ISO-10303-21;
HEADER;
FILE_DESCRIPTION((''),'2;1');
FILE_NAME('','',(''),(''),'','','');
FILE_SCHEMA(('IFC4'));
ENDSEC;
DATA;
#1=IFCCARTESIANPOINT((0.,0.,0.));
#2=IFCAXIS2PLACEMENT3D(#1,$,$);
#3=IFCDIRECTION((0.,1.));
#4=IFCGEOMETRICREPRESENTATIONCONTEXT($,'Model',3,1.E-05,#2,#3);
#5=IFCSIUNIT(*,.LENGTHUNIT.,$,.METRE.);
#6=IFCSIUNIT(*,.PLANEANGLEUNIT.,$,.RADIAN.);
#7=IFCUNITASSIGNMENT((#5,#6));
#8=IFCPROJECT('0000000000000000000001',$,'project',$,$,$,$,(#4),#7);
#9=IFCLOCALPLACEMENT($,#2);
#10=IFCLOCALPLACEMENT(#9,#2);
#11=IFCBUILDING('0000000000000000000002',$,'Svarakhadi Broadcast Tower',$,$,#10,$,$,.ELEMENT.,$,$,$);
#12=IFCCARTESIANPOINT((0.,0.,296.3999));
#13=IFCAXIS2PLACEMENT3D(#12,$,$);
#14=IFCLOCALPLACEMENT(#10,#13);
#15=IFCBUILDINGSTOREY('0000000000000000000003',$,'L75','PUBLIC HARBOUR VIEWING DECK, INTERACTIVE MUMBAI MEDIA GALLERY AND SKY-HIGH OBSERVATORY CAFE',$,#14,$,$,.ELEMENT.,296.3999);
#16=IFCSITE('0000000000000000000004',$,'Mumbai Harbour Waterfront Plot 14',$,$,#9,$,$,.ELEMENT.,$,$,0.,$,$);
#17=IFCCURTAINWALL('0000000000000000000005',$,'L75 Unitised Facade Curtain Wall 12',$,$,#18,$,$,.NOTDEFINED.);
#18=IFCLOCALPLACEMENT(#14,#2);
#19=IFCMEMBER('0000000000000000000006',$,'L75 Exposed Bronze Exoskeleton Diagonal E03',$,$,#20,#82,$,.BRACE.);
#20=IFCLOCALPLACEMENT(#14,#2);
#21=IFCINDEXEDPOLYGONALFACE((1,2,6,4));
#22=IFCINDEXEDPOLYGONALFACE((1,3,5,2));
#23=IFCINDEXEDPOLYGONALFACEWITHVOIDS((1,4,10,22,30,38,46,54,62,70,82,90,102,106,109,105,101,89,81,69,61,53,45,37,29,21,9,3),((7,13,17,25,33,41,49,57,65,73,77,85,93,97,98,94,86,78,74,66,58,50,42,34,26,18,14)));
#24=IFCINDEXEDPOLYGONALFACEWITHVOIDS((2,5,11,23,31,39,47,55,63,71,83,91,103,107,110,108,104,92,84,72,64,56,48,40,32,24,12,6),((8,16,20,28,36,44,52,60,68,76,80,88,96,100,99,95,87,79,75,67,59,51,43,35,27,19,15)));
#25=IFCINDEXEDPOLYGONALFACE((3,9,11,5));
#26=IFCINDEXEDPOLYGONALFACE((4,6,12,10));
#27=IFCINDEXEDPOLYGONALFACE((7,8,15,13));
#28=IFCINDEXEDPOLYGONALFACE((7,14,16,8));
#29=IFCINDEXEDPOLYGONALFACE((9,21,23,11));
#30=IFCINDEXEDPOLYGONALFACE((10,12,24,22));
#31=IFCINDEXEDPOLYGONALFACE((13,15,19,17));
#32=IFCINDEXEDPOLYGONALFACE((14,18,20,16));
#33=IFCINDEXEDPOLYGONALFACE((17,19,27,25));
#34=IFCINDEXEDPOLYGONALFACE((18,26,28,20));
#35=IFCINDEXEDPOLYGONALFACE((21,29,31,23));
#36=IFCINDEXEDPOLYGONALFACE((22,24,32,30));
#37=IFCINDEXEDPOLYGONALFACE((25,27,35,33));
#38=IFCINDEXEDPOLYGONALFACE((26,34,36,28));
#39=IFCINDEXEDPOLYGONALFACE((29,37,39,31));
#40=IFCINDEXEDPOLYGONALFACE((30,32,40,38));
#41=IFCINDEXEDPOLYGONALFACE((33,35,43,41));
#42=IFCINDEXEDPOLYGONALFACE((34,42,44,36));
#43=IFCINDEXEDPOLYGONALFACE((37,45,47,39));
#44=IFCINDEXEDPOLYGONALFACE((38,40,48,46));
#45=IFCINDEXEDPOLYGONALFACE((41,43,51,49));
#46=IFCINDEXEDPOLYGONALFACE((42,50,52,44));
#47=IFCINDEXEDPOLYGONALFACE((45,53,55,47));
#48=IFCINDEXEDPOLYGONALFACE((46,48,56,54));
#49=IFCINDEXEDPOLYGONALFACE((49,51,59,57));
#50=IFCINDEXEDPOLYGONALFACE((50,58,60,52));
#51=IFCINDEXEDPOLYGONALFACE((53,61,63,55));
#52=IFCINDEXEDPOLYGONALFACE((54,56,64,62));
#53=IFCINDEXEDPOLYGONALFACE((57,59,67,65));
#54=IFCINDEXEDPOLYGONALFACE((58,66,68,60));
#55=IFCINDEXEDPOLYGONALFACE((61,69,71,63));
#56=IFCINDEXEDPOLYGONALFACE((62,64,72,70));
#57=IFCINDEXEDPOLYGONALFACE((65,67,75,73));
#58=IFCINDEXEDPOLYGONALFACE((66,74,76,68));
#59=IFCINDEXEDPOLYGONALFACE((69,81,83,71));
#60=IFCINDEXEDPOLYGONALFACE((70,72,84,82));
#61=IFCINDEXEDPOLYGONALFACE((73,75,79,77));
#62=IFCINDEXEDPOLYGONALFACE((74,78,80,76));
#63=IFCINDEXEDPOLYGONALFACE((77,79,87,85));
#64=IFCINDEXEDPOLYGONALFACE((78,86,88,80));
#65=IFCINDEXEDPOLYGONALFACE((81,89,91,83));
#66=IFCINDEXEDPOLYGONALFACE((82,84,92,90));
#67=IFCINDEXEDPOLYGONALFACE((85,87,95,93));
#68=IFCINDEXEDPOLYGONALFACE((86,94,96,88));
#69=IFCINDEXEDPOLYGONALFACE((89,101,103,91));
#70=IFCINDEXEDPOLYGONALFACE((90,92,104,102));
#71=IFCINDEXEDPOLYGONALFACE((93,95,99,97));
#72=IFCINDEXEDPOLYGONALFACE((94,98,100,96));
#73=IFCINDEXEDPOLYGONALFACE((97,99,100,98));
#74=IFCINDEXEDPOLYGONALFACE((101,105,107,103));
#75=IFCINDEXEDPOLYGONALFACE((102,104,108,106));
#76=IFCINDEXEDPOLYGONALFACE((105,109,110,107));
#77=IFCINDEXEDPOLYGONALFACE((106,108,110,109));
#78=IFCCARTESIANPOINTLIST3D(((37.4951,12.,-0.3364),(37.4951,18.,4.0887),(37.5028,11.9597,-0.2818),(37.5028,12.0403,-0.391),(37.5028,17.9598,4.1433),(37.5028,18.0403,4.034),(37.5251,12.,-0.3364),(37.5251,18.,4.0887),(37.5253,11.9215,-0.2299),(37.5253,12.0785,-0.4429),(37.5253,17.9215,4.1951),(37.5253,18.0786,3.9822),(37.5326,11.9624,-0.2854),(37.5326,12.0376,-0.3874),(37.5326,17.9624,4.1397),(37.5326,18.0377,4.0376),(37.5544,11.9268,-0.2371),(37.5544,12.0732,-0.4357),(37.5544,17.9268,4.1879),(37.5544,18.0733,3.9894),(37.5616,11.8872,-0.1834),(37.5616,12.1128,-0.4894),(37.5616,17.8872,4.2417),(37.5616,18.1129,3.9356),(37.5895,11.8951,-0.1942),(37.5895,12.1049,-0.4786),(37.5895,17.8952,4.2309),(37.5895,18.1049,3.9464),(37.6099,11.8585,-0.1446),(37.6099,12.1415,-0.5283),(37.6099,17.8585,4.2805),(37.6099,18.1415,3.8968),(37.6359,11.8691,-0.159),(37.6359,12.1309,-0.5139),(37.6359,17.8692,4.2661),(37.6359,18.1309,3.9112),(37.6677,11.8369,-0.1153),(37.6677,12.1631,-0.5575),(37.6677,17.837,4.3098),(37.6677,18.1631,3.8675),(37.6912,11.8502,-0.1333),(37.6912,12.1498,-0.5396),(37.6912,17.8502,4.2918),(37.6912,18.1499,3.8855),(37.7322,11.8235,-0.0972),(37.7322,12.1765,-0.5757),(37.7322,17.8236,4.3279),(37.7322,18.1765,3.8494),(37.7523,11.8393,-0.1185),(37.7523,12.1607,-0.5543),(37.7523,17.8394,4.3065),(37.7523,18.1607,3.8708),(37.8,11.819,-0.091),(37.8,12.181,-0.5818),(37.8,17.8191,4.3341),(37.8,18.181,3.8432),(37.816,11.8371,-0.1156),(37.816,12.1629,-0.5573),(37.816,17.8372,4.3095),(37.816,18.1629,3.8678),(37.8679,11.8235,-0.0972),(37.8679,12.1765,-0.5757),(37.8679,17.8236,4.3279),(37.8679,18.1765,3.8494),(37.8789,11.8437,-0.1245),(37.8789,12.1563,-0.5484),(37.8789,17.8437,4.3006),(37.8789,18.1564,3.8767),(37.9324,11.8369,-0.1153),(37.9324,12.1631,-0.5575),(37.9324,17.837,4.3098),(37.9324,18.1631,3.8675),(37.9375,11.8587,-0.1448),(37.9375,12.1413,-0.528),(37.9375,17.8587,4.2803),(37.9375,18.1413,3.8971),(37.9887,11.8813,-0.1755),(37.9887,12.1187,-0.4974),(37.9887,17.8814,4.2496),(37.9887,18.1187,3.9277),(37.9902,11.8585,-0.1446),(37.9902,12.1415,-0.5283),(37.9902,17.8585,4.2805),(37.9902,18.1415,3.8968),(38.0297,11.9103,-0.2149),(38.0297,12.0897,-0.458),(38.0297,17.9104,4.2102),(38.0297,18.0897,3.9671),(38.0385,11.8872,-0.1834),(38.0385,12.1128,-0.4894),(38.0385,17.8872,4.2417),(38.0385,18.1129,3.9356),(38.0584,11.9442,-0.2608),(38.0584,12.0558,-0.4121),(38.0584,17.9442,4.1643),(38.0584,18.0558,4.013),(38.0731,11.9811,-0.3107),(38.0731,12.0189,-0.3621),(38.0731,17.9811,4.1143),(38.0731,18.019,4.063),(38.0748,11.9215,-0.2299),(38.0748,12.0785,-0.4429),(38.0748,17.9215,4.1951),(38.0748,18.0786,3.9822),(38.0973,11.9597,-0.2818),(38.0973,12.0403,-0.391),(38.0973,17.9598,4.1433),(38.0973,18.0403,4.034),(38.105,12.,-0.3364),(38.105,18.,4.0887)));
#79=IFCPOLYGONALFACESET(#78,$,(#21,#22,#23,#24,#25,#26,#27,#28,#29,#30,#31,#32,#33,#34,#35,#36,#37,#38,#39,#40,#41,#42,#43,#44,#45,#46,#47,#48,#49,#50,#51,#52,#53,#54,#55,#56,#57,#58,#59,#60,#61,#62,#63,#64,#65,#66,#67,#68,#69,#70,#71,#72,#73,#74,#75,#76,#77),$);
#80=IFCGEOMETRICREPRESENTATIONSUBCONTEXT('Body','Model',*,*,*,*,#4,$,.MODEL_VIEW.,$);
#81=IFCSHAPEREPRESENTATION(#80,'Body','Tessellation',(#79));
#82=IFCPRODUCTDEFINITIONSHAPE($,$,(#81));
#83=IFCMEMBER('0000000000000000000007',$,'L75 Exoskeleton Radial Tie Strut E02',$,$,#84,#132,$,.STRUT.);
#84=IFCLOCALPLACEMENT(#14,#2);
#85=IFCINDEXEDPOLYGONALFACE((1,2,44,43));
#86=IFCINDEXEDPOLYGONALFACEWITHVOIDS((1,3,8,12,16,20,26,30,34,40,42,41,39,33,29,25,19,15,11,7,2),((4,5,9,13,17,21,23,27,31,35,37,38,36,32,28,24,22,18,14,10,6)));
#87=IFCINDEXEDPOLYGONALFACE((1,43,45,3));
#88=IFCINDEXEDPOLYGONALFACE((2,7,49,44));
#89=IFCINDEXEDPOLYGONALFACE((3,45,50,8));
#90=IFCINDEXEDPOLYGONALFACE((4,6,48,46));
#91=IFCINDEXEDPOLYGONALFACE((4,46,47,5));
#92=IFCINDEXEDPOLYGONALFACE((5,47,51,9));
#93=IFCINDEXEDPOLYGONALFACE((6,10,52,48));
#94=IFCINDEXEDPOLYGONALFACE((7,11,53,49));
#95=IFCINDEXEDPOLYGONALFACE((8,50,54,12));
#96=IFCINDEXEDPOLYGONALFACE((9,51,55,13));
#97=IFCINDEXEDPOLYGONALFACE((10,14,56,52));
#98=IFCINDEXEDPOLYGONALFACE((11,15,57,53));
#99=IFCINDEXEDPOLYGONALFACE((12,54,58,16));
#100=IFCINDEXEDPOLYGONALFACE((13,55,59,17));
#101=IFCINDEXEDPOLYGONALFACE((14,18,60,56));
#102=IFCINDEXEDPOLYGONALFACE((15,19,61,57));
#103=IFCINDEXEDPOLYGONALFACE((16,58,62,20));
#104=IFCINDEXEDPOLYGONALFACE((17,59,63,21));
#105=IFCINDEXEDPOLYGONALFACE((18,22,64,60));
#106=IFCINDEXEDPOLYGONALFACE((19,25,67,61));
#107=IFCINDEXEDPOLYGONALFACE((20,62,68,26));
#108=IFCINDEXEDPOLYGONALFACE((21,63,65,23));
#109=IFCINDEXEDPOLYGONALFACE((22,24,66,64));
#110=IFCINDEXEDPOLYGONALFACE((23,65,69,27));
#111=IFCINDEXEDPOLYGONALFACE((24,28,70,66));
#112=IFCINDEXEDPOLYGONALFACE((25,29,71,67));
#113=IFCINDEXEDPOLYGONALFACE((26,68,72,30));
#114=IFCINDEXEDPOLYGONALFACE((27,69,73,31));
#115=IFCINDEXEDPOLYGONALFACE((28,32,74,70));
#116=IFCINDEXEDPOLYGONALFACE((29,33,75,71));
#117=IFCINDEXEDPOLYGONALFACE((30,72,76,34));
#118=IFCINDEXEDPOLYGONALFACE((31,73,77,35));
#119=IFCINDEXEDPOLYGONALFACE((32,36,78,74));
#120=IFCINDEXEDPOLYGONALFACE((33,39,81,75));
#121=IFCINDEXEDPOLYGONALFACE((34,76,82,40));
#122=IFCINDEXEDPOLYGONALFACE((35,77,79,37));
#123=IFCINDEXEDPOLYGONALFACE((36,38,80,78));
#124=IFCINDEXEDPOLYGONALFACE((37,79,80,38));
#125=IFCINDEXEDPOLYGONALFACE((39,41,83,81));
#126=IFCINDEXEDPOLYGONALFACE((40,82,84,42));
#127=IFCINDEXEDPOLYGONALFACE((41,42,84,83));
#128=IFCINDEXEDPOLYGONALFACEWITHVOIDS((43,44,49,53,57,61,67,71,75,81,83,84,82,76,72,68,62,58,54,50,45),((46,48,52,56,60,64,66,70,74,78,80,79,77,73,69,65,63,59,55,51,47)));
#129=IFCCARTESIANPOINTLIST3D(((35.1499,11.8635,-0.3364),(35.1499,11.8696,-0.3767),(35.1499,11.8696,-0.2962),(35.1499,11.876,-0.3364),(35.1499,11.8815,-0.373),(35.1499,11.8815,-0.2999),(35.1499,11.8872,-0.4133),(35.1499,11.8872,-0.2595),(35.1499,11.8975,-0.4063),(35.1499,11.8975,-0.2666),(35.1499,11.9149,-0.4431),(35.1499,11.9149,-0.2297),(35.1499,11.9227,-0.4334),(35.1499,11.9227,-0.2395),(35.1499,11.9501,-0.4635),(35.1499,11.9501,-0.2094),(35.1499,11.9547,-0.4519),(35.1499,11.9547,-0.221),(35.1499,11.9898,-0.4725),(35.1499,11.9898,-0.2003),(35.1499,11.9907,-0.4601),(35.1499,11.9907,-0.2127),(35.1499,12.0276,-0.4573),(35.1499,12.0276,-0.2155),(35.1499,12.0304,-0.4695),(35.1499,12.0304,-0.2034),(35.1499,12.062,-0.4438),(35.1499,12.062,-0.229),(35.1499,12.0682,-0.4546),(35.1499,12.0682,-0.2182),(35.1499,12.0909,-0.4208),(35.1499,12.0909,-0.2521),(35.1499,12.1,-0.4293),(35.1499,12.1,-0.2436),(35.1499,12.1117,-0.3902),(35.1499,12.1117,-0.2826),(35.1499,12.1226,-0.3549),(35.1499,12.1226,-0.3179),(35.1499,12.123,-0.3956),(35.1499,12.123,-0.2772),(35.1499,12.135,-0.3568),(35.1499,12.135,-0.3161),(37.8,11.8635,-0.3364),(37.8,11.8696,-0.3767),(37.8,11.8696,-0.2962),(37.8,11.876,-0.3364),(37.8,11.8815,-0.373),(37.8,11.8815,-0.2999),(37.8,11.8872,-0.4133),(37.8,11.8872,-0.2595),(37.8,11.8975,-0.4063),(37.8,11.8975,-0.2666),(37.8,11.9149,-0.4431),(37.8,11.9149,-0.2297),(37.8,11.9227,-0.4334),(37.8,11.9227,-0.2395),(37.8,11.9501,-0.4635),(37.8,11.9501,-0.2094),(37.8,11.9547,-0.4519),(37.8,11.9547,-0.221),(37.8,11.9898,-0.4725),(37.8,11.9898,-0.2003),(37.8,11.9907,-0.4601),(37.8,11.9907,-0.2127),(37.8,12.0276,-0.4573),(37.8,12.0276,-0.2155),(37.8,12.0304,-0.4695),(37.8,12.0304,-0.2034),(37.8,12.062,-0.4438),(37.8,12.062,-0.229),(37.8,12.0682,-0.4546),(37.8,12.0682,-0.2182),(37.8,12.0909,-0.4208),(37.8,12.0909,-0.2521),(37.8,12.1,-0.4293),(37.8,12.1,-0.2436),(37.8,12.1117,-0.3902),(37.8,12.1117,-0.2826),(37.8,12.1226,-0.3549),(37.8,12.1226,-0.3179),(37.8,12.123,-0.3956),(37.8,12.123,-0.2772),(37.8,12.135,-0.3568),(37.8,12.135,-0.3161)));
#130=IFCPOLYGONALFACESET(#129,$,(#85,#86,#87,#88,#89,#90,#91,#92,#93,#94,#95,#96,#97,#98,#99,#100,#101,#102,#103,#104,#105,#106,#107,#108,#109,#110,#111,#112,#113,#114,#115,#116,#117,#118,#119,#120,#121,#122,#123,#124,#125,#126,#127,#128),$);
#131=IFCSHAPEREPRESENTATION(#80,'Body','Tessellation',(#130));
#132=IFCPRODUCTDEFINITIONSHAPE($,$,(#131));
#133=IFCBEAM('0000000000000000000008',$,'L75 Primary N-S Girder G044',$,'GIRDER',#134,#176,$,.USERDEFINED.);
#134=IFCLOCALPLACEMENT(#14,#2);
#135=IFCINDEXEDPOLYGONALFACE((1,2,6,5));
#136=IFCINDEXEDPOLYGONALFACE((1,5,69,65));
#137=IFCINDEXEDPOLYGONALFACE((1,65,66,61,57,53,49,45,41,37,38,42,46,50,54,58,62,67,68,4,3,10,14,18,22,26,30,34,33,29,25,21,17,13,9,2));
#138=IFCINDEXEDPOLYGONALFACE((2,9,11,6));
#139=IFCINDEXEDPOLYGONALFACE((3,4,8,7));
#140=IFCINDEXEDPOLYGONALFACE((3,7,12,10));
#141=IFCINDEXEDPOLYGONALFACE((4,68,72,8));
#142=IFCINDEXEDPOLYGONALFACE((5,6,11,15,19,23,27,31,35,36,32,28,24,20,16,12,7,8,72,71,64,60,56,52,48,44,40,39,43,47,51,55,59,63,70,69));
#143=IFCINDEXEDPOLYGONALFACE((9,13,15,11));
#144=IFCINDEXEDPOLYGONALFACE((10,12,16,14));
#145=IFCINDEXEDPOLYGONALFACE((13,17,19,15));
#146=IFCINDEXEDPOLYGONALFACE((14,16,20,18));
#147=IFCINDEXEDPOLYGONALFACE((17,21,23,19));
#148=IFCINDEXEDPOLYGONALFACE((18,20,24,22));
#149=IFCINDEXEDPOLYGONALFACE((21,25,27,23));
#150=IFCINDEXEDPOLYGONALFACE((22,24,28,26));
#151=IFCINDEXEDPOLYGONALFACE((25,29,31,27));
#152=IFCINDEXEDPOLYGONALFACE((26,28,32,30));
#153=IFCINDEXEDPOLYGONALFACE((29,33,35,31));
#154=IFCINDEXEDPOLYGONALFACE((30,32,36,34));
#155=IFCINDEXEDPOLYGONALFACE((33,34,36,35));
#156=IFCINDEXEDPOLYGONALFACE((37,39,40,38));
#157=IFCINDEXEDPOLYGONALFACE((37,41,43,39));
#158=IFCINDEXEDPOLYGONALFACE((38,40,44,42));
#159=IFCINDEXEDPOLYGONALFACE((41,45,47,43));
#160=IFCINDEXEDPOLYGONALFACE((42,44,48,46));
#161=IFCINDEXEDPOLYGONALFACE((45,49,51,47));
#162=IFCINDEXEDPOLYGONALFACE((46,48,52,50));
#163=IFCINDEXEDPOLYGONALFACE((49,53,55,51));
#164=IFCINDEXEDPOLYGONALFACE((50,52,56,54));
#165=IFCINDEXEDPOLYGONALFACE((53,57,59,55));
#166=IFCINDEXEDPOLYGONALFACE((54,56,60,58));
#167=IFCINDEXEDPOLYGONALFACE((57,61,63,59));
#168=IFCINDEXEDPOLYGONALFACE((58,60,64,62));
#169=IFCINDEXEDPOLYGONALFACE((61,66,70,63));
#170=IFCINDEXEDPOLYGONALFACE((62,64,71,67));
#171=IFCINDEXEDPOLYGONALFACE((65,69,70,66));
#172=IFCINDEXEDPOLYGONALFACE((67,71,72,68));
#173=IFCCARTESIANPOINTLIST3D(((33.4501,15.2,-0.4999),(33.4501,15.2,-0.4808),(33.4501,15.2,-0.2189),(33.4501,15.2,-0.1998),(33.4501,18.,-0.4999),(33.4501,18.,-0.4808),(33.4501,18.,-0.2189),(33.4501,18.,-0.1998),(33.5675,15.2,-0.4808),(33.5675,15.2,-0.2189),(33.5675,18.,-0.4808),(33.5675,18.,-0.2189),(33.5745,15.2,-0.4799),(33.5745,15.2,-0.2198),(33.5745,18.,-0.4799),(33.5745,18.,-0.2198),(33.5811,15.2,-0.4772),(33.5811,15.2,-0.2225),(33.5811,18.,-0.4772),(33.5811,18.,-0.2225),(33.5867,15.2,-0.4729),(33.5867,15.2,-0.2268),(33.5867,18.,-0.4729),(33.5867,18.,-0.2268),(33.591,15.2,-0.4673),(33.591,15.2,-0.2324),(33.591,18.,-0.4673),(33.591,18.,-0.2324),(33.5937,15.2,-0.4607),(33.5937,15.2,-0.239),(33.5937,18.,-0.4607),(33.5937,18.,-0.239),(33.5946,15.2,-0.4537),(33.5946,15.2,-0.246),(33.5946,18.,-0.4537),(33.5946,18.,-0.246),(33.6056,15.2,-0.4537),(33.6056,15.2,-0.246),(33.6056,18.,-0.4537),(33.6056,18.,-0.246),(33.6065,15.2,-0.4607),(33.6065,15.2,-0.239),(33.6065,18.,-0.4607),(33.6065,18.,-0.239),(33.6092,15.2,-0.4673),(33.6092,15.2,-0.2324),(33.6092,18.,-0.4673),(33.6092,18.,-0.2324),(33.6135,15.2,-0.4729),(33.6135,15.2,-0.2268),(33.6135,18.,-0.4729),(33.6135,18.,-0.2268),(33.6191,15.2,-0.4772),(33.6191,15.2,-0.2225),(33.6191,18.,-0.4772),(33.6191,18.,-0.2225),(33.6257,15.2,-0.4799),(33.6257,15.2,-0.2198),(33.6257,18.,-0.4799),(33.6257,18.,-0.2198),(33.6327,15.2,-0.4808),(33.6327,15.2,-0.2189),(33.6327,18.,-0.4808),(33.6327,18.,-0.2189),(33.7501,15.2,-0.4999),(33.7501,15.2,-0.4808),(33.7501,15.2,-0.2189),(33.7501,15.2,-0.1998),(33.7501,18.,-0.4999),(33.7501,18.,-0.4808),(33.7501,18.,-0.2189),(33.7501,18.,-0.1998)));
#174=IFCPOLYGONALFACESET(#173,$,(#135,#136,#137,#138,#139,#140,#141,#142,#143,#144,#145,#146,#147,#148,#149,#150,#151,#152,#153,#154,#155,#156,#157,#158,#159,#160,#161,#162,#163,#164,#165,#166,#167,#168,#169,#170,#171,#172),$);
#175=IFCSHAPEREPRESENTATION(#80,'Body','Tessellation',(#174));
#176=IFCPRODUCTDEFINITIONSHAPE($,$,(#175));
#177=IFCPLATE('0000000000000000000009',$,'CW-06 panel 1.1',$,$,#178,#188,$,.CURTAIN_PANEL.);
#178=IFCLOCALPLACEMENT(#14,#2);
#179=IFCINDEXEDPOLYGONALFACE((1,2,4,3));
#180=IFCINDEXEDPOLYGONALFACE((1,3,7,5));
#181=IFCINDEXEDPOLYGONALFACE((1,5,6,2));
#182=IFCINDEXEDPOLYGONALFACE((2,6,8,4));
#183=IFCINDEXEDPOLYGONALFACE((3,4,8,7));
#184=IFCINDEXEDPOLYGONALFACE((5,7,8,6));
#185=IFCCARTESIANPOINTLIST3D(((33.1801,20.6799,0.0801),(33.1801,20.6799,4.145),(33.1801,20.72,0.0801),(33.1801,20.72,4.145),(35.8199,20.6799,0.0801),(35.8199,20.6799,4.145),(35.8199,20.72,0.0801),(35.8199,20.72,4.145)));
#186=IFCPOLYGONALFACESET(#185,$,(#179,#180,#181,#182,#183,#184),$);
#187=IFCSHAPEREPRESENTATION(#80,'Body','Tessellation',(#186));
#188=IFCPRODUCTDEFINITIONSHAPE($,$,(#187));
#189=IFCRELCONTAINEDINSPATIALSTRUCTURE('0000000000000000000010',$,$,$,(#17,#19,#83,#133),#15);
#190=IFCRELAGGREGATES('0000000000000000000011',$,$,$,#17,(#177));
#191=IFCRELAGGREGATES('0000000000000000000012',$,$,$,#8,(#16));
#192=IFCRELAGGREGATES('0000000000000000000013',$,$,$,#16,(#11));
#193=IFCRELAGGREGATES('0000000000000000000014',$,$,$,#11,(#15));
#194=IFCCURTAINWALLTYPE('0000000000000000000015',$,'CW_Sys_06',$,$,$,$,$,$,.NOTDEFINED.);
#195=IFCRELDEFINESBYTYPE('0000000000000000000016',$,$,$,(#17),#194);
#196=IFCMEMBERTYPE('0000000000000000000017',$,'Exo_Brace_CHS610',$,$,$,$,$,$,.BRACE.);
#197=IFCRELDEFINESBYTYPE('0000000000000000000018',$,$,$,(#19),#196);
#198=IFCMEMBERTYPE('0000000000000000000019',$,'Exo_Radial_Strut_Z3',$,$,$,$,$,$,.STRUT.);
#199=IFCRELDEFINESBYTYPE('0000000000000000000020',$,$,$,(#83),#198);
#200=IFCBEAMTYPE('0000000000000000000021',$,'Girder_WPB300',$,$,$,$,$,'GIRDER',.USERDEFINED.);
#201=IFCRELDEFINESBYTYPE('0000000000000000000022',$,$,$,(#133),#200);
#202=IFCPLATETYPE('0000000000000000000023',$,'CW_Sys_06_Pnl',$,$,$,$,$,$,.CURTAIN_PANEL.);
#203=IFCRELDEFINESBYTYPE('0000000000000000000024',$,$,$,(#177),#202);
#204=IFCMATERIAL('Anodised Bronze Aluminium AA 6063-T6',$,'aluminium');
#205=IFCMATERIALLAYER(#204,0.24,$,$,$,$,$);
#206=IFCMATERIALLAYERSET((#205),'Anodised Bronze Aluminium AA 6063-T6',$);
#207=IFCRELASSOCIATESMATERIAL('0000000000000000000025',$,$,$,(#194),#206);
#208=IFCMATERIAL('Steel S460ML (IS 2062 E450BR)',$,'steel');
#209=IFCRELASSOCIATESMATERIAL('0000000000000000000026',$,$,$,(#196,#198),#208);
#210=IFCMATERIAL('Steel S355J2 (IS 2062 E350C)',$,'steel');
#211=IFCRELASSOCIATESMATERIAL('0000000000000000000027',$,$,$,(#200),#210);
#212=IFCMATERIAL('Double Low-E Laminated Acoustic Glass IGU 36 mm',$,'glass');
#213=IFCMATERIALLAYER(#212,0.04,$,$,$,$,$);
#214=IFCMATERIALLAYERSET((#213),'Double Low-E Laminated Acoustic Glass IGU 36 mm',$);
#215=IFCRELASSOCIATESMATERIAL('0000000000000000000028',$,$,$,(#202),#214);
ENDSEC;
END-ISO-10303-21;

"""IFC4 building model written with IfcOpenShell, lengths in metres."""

from ifc_helpers import new_model, si_unit, direction, frame, origin, origin_2d, place, context, subcontext, project, spatial, rectangle, hollow_circle, i_section, extrude, material, layer, layer_set, material_profile, profile_set, type_object, element, aggregate, save


model = new_model("IFC4")

# Units and contexts
model_context = context("Model", 3, precision=1e-05, world=origin(), true_north=direction((0.0, 1.0)))
body_context = subcontext(model_context, "Body", "Model", "MODEL_VIEW")
ifc_project = project(units=[si_unit("LENGTHUNIT", "METRE"), si_unit("PLANEANGLEUNIT", "RADIAN")], contexts=[model_context])

# Site, building, storey
site_placement = place(None, origin())
site = spatial("IfcSite", under=ifc_project, at=site_placement, Name="Mumbai Harbour Waterfront Plot 14", CompositionType="ELEMENT", RefElevation=0.0)
building_placement = place(site_placement, origin())
building = spatial("IfcBuilding", under=site, at=building_placement, Name="Svarakhadi Broadcast Tower", CompositionType="ELEMENT")
storey_placement = place(building_placement, frame((0.0, 0.0, 296.3999)))
storey = spatial("IfcBuildingStorey", under=building, at=storey_placement, Name="L75", Description="PUBLIC HARBOUR VIEWING DECK, INTERACTIVE MUMBAI MEDIA GALLERY AND SKY-HIGH OBSERVATORY CAFE", CompositionType="ELEMENT", Elevation=296.3999)

# Shared definitions
ifc_material_1 = material(Name="Steel S460ML (IS 2062 E450BR)", Category="steel")

# Curtain wall
ifc_material_2 = material(Name="Anodised Bronze Aluminium AA 6063-T6", Category="aluminium")
ifc_layer_1 = layer(ifc_material_2, 0.24)
ifc_layer_set_1 = layer_set([ifc_layer_1], Name="Anodised Bronze Aluminium AA 6063-T6")
curtain_wall_type = type_object("IfcCurtainWallType", Name="CW_Sys_06", PredefinedType="NOTDEFINED", material=ifc_layer_set_1)
curtain_wall_1_placement = place(storey_placement, origin())
curtain_wall_1 = element("IfcCurtainWall", 1, at=curtain_wall_1_placement, inside=storey, type_object=curtain_wall_type, Name="L75 Unitised Facade Curtain Wall 12", PredefinedType="NOTDEFINED")

# Members
ifc_material_profile_1 = material_profile(ifc_material_1, hollow_circle(Radius=0.3049, WallThickness=0.03, at=origin_2d()), Name="CHS 610x30")
ifc_profile_set_1 = profile_set([ifc_material_profile_1], Name="Steel S460ML (IS 2062 E450BR)")
member_type_1 = type_object("IfcMemberType", Name="Exo_Brace_CHS610", PredefinedType="BRACE", material=ifc_profile_set_1)
for number, where, z_axis, x_axis, name in (
    (2, (37.8, 12.0, -0.3364), (0.0, 0.8048, 0.593546), (-1.0, 0.0, 0.0), "L75 Exposed Bronze Exoskeleton Diagonal E03"),
):
    element("IfcMember", number, at=place(storey_placement, frame(where, z_axis=z_axis, x_axis=x_axis)), inside=storey, type_object=member_type_1, Name=name, PredefinedType="BRACE", context=body_context, shape_type="SweptSolid", body=[
        extrude(hollow_circle(Radius=0.3049, WallThickness=0.03, at=origin_2d()), origin(), (0.0, 0.0, 1.0), 7.4553),
    ])
ifc_material_profile_2 = material_profile(ifc_material_1, hollow_circle(Radius=0.1365, WallThickness=0.0125, at=origin_2d()), Name="CHS 273x12.5")
ifc_profile_set_2 = profile_set([ifc_material_profile_2], Name="Steel S460ML (IS 2062 E450BR)")
member_type_2 = type_object("IfcMemberType", Name="Exo_Radial_Strut_Z3", PredefinedType="STRUT", material=ifc_profile_set_2)
member_1_placement = place(storey_placement, frame((37.8, 12.0, -0.3364), z_axis=(-1.0, 0.0, 0.0), x_axis=(0.0, -1.0, 0.0)))
element("IfcMember", 3, at=member_1_placement, inside=storey, type_object=member_type_2, Name="L75 Exoskeleton Radial Tie Strut E02", PredefinedType="STRUT", context=body_context, shape_type="SweptSolid", body=[
    extrude(hollow_circle(Radius=0.1365, WallThickness=0.0125, at=origin_2d()), origin(), (0.0, 0.0, 1.0), 2.6501),
])

# Beam
ifc_material_3 = material(Name="Steel S355J2 (IS 2062 E350C)", Category="steel")
ifc_material_profile_3 = material_profile(ifc_material_3, i_section(OverallWidth=0.3, OverallDepth=0.3, WebThickness=0.011, FlangeThickness=0.019, FilletRadius=0.0271, at=origin_2d()), Name="WPB 300x300x117")
ifc_profile_set_3 = profile_set([ifc_material_profile_3], Name="Steel S355J2 (IS 2062 E350C)")
beam_type = type_object("IfcBeamType", Name="Girder_WPB300", ElementType="GIRDER", PredefinedType="USERDEFINED", material=ifc_profile_set_3)
beam_placement = place(storey_placement, frame((33.6001, 15.2, -0.3499), z_axis=(0.0, 1.0, 0.0), x_axis=(-1.0, 0.0, 0.0)))
element("IfcBeam", 4, at=beam_placement, inside=storey, type_object=beam_type, Name="L75 Primary N-S Girder G044", ObjectType="GIRDER", PredefinedType="USERDEFINED", context=body_context, shape_type="SweptSolid", body=[
    extrude(i_section(OverallWidth=0.3, OverallDepth=0.3, WebThickness=0.011, FlangeThickness=0.019, FilletRadius=0.0271, at=origin_2d()), origin(), (0.0, 0.0, 1.0), 2.8),
])

# Plate
ifc_material_4 = material(Name="Double Low-E Laminated Acoustic Glass IGU 36 mm", Category="glass")
ifc_layer_2 = layer(ifc_material_4, 0.04)
ifc_layer_set_2 = layer_set([ifc_layer_2], Name="Double Low-E Laminated Acoustic Glass IGU 36 mm")
plate_type_1 = type_object("IfcPlateType", Name="CW_Sys_06_Pnl", PredefinedType="CURTAIN_PANEL", material=ifc_layer_set_2)
plate_1_placement = place(storey_placement, frame((34.5, 20.7, 0.0801), z_axis=(0.0, 0.0, 1.0), x_axis=(1.0, 0.0, 0.0)))
plate_1 = element("IfcPlate", 5, at=plate_1_placement, type_object=plate_type_1, Name="CW-06 panel 1.1", PredefinedType="CURTAIN_PANEL", context=body_context, shape_type="SweptSolid", body=[
    extrude(rectangle(XDim=2.6399, YDim=0.04, at=origin_2d()), origin(), (0.0, 0.0, 1.0), 4.0649),
])
aggregate(curtain_wall_1, [plate_1])

save(model, "model.ifc")
